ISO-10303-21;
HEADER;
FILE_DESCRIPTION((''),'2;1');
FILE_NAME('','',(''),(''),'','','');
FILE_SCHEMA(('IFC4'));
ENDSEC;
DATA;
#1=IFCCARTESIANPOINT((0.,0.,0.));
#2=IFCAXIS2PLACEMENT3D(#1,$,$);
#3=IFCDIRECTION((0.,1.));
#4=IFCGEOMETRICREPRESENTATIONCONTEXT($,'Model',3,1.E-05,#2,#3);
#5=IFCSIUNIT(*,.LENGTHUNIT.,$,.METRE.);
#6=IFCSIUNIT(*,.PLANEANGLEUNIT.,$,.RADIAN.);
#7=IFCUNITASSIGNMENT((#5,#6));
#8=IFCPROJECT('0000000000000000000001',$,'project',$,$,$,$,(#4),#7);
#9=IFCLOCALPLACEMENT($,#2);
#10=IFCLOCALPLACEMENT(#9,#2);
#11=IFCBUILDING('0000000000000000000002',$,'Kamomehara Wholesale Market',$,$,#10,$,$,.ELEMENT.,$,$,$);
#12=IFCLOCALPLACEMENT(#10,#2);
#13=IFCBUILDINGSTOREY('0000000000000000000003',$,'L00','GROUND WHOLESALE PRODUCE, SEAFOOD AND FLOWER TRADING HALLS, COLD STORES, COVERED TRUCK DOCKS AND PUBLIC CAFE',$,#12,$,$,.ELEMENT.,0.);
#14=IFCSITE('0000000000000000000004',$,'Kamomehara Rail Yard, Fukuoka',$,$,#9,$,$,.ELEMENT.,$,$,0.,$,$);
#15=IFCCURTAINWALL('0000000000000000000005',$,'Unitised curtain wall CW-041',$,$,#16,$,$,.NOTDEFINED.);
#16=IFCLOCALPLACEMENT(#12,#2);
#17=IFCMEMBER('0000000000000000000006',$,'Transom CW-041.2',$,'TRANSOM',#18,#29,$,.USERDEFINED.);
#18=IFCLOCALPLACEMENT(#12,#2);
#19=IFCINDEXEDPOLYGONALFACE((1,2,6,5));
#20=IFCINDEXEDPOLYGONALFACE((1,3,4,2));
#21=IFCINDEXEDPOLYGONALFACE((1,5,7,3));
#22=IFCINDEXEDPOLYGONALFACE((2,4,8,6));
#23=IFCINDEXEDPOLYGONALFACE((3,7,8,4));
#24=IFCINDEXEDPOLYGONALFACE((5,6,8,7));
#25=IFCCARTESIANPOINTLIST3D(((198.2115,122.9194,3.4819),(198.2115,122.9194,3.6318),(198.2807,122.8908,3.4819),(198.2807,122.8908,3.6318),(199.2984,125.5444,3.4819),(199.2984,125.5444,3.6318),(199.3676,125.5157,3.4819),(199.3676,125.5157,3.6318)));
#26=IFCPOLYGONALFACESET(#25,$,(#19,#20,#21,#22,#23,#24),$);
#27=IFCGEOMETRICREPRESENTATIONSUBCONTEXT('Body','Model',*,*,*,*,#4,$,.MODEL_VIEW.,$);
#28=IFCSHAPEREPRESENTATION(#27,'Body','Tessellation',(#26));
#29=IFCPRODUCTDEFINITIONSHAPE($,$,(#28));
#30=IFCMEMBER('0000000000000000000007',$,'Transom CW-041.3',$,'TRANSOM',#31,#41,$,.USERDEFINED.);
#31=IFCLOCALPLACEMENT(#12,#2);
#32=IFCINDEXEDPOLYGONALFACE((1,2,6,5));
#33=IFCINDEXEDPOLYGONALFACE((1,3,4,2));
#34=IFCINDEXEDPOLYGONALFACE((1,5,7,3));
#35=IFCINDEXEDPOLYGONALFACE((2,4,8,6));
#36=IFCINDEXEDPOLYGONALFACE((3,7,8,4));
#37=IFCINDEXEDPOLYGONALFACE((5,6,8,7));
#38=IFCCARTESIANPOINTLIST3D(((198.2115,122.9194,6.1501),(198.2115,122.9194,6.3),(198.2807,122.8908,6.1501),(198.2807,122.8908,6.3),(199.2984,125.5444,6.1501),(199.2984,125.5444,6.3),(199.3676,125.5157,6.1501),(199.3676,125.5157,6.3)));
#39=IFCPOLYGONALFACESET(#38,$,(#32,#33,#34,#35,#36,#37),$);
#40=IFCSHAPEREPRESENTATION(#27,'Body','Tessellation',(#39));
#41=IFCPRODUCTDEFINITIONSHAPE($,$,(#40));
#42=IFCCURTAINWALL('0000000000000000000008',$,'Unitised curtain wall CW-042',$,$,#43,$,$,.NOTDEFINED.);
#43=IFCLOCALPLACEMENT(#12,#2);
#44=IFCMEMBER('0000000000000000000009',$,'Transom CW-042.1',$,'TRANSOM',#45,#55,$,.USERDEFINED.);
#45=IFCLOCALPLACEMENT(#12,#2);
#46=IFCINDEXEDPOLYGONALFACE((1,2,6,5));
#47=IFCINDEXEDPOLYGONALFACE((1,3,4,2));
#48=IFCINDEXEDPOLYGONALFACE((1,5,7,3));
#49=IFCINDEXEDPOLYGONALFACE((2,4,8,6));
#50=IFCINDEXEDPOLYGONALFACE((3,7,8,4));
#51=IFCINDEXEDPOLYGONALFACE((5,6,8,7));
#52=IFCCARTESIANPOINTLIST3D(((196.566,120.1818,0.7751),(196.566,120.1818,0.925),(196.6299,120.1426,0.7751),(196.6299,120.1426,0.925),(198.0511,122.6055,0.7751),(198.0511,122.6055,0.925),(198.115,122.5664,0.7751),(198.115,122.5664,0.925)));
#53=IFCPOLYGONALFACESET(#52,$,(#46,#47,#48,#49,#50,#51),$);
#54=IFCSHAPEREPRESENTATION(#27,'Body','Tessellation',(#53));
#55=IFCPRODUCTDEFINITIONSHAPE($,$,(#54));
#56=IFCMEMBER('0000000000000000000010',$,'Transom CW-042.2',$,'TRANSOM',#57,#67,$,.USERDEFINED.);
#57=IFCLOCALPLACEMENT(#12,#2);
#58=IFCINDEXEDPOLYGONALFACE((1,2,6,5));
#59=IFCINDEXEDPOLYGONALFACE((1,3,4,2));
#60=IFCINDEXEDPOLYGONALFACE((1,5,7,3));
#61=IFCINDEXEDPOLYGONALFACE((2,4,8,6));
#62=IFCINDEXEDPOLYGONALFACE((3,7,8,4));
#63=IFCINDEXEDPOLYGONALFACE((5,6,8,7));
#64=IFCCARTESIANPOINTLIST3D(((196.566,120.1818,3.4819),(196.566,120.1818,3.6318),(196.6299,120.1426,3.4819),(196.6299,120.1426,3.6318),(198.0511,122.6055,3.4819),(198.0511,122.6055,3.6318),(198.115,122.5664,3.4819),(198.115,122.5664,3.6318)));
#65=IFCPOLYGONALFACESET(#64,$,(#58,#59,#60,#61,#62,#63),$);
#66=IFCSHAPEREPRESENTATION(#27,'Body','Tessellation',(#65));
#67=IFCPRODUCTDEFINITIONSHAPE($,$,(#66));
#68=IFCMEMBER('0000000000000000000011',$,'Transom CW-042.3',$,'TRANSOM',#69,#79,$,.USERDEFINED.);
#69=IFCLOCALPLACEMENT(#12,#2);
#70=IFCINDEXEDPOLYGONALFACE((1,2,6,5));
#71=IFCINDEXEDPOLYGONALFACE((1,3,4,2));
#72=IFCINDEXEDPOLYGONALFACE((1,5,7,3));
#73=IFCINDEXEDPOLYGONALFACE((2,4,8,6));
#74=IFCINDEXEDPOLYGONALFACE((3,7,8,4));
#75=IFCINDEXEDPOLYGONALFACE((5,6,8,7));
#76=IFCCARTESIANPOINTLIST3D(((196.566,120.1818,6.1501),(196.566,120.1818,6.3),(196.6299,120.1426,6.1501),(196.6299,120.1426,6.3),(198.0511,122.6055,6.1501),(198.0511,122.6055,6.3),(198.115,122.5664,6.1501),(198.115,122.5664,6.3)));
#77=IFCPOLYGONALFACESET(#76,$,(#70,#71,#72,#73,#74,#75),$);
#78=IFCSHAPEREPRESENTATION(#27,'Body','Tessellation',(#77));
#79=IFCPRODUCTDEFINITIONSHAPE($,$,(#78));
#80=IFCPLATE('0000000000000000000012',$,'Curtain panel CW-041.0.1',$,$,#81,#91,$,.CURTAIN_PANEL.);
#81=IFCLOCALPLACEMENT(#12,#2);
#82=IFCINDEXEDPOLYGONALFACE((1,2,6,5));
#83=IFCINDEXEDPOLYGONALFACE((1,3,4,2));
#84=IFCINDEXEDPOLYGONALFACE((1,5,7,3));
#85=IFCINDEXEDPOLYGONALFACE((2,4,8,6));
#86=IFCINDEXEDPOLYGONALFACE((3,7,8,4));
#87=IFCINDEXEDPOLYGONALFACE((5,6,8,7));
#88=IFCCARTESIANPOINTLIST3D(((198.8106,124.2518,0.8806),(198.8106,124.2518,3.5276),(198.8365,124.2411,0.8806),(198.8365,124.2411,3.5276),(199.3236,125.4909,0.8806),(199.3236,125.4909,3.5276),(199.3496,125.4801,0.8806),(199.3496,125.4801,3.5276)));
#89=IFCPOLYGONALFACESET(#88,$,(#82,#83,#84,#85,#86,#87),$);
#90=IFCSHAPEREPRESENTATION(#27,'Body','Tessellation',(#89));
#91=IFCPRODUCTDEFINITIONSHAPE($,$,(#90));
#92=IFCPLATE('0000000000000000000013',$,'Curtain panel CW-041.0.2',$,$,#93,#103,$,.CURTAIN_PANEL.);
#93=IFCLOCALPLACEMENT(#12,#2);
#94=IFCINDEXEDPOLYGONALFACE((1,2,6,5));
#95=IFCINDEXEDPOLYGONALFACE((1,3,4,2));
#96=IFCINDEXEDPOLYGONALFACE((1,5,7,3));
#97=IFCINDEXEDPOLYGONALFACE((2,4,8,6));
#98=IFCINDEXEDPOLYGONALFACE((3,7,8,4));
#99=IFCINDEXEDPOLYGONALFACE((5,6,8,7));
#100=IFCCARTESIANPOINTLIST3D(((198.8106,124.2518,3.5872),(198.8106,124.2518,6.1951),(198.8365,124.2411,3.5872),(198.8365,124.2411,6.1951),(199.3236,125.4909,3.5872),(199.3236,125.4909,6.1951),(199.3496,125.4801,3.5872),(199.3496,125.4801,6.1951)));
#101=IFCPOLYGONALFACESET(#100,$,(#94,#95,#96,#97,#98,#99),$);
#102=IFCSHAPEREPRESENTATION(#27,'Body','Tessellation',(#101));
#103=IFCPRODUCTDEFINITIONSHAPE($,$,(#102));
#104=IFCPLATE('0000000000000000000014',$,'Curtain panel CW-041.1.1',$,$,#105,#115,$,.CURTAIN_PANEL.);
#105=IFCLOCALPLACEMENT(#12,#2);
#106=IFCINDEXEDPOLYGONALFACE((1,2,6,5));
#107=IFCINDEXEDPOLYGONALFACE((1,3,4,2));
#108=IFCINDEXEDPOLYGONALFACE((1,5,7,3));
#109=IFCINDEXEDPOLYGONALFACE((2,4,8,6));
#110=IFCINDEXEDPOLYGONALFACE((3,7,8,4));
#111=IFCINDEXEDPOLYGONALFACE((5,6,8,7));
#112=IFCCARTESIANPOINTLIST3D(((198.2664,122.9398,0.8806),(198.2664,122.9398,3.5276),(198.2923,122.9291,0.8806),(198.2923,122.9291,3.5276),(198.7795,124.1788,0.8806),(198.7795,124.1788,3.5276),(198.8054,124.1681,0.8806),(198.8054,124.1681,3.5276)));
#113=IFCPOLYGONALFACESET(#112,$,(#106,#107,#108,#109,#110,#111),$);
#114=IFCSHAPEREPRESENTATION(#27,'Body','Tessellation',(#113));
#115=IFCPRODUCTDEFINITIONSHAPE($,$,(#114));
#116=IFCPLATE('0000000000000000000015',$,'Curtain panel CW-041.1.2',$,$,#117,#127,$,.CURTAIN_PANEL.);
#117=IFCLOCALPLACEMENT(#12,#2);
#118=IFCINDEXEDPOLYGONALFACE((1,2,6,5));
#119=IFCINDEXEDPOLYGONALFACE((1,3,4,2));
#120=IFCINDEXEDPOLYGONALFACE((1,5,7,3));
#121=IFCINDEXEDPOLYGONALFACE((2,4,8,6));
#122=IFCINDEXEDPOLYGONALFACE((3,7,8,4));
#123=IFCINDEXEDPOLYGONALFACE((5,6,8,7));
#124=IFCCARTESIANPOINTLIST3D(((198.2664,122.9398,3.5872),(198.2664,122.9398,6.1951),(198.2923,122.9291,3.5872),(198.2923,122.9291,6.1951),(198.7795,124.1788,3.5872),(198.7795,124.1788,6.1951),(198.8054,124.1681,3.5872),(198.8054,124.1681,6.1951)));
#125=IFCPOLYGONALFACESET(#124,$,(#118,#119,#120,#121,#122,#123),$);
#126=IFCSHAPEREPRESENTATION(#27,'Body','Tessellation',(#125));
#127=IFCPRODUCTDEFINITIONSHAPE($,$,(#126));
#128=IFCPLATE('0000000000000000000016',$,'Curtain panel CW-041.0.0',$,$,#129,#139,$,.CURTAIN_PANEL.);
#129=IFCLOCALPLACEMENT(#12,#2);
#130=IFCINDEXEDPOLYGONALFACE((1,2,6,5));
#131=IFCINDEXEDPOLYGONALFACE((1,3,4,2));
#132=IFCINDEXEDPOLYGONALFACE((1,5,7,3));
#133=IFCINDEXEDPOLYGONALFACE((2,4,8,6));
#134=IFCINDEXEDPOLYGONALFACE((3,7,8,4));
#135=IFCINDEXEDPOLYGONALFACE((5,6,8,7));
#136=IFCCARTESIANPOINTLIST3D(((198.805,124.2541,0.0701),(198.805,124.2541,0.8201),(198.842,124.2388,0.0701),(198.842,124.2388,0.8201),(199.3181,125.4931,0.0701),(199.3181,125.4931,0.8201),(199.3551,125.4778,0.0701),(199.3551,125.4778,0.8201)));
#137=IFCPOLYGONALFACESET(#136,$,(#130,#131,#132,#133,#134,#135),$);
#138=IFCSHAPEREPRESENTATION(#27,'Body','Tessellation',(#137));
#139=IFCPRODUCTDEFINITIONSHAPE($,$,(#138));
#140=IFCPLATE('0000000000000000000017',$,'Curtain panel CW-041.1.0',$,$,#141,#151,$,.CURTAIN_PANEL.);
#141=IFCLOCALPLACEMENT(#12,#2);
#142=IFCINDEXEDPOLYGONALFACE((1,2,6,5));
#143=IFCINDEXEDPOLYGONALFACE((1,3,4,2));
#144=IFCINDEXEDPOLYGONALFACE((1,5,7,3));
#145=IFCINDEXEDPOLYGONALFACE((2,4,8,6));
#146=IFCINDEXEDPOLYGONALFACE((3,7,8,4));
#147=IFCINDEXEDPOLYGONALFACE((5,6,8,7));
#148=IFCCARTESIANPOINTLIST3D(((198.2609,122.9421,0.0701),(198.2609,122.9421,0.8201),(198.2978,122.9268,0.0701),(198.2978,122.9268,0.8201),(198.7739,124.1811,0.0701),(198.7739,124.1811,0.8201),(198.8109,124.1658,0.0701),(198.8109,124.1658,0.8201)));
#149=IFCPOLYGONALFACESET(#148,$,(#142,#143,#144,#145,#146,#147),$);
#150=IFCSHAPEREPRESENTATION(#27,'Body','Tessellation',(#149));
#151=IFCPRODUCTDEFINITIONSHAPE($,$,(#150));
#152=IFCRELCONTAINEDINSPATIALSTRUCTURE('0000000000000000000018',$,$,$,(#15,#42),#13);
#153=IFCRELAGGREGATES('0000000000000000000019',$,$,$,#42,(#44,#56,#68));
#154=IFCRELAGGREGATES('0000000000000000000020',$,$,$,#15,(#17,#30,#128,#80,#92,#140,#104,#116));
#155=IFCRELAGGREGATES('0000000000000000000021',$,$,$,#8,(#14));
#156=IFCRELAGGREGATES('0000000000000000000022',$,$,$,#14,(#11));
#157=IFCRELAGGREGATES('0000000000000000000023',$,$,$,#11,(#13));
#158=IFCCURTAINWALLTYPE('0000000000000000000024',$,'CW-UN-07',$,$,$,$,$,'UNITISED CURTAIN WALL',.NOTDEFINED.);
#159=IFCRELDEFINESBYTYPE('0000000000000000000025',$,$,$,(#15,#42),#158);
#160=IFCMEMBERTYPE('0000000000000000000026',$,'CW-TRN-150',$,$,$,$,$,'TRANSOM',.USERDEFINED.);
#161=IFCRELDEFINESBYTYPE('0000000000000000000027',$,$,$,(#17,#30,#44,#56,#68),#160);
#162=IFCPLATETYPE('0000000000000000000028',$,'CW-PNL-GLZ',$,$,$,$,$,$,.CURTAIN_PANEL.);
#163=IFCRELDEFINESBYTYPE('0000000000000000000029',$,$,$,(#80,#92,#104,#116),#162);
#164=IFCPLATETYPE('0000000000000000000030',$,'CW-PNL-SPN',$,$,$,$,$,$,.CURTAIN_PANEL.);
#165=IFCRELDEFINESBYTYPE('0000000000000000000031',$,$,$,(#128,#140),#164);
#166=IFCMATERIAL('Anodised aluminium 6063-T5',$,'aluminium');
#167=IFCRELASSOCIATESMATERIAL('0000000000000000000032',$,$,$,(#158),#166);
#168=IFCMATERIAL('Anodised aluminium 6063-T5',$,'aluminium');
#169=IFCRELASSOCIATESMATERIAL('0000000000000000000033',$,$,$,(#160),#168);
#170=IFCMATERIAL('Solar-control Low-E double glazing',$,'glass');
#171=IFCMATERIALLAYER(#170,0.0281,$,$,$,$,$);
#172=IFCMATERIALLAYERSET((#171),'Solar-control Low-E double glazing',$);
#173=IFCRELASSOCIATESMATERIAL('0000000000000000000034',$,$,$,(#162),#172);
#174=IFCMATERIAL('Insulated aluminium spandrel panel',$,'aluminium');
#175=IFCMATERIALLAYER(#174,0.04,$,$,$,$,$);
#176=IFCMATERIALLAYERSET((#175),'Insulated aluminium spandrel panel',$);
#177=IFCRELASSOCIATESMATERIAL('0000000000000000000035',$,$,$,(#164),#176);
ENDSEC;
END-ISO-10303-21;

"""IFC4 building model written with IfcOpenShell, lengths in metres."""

from ifc_helpers import new_model, si_unit, direction, frame, origin, origin_2d, place, context, subcontext, project, spatial, rectangle, extrude, material, layer, layer_set, material_profile, profile_set, type_object, element, aggregate, save


model = new_model("IFC4")

# Units and contexts
model_context = context("Model", 3, precision=1e-05, world=origin(), true_north=direction((0.0, 1.0)))
body_context = subcontext(model_context, "Body", "Model", "MODEL_VIEW")
ifc_project = project(units=[si_unit("LENGTHUNIT", "METRE"), si_unit("PLANEANGLEUNIT", "RADIAN")], contexts=[model_context])

# Site, building, storey
site_placement = place(None, origin())
site = spatial("IfcSite", under=ifc_project, at=site_placement, Name="Kamomehara Rail Yard, Fukuoka", CompositionType="ELEMENT", RefElevation=0.0)
building_placement = place(site_placement, origin())
building = spatial("IfcBuilding", under=site, at=building_placement, Name="Kamomehara Wholesale Market", CompositionType="ELEMENT")
storey_placement = place(building_placement, origin())
storey = spatial("IfcBuildingStorey", under=building, at=storey_placement, Name="L00", Description="GROUND WHOLESALE PRODUCE, SEAFOOD AND FLOWER TRADING HALLS, COLD STORES, COVERED TRUCK DOCKS AND PUBLIC CAFE", CompositionType="ELEMENT", Elevation=0.0)

# Curtain walls, members
ifc_material_1 = material(Name="Anodised aluminium 6063-T5", Category="aluminium")
curtain_wall_type = type_object("IfcCurtainWallType", Name="CW-UN-07", ElementType="UNITISED CURTAIN WALL", PredefinedType="NOTDEFINED", material=ifc_material_1)
curtain_wall_1_placement = place(storey_placement, origin())
curtain_wall_1 = element("IfcCurtainWall", 1, at=curtain_wall_1_placement, inside=storey, type_object=curtain_wall_type, Name="Unitised curtain wall CW-041", PredefinedType="NOTDEFINED")
ifc_material_2 = material(Name="Anodised aluminium 6063-T5", Category="aluminium")
ifc_material_profile_1 = material_profile(ifc_material_2, rectangle(XDim=0.075, YDim=0.1499, at=origin_2d()), Name="ALU-TRN-75x150")
ifc_profile_set_1 = profile_set([ifc_material_profile_1], Name="Anodised aluminium 6063-T5")
member_type_1 = type_object("IfcMemberType", Name="CW-TRN-150", ElementType="TRANSOM", PredefinedType="USERDEFINED", material=ifc_profile_set_1)
member_1_placement = place(storey_placement, frame((199.333, 125.53, 3.5569), z_axis=(-0.382564, -0.923929, 0.0), x_axis=(0.923929, -0.382564, 0.0)))
member_1 = element("IfcMember", 2, at=member_1_placement, type_object=member_type_1, Name="Transom CW-041.2", ObjectType="TRANSOM", PredefinedType="USERDEFINED", context=body_context, shape_type="SweptSolid", body=[
    extrude(rectangle(XDim=0.075, YDim=0.1499, at=origin_2d()), origin(), (0.0, 0.0, 1.0), 2.8411),
])
member_2_placement = place(storey_placement, frame((199.333, 125.53, 6.2251), z_axis=(-0.382564, -0.923929, 0.0), x_axis=(0.923929, -0.382564, 0.0)))
member_2 = element("IfcMember", 3, at=member_2_placement, type_object=member_type_1, Name="Transom CW-041.3", ObjectType="TRANSOM", PredefinedType="USERDEFINED", context=body_context, shape_type="SweptSolid", body=[
    extrude(rectangle(XDim=0.075, YDim=0.1499, at=origin_2d()), origin(), (0.0, 0.0, 1.0), 2.8411),
])
curtain_wall_2_placement = place(storey_placement, origin())
curtain_wall_2 = element("IfcCurtainWall", 4, at=curtain_wall_2_placement, inside=storey, type_object=curtain_wall_type, Name="Unitised curtain wall CW-042", PredefinedType="NOTDEFINED")
member_3_placement = place(storey_placement, frame((198.083, 122.5859, 0.8501), z_axis=(-0.522443, -0.852674, 0.0), x_axis=(0.852674, -0.522443, 0.0)))
member_3 = element("IfcMember", 5, at=member_3_placement, type_object=member_type_1, Name="Transom CW-042.1", ObjectType="TRANSOM", PredefinedType="USERDEFINED", context=body_context, shape_type="SweptSolid", body=[
    extrude(rectangle(XDim=0.075, YDim=0.1499, at=origin_2d()), origin(), (0.0, 0.0, 1.0), 2.8425),
])
member_4_placement = place(storey_placement, frame((198.083, 122.5859, 3.5569), z_axis=(-0.522443, -0.852674, 0.0), x_axis=(0.852674, -0.522443, 0.0)))
member_4 = element("IfcMember", 6, at=member_4_placement, type_object=member_type_1, Name="Transom CW-042.2", ObjectType="TRANSOM", PredefinedType="USERDEFINED", context=body_context, shape_type="SweptSolid", body=[
    extrude(rectangle(XDim=0.075, YDim=0.1499, at=origin_2d()), origin(), (0.0, 0.0, 1.0), 2.8425),
])
member_5_placement = place(storey_placement, frame((198.083, 122.5859, 6.2251), z_axis=(-0.522443, -0.852674, 0.0), x_axis=(0.852674, -0.522443, 0.0)))
member_5 = element("IfcMember", 7, at=member_5_placement, type_object=member_type_1, Name="Transom CW-042.3", ObjectType="TRANSOM", PredefinedType="USERDEFINED", context=body_context, shape_type="SweptSolid", body=[
    extrude(rectangle(XDim=0.075, YDim=0.1499, at=origin_2d()), origin(), (0.0, 0.0, 1.0), 2.8425),
])
aggregate(curtain_wall_2, [member_3, member_4, member_5])

# Plates
ifc_material_3 = material(Name="Solar-control Low-E double glazing", Category="glass")
ifc_layer_1 = layer(ifc_material_3, 0.0281)
ifc_layer_set_1 = layer_set([ifc_layer_1], Name="Solar-control Low-E double glazing")
plate_type_1 = type_object("IfcPlateType", Name="CW-PNL-GLZ", PredefinedType="CURTAIN_PANEL", material=ifc_layer_set_1)
plate_1_placement = place(storey_placement, frame((199.0801, 124.866, 0.8806), z_axis=(0.0, 0.0, 1.0), x_axis=(-0.382587, -0.92392, 0.0)))
plate_1 = element("IfcPlate", 8, at=plate_1_placement, type_object=plate_type_1, Name="Curtain panel CW-041.0.1", PredefinedType="CURTAIN_PANEL", context=body_context, shape_type="SweptSolid", body=[
    extrude(rectangle(XDim=1.3411, YDim=0.0281, at=origin_2d()), origin(), (0.0, 0.0, 1.0), 2.647),
])
plate_2_placement = place(storey_placement, frame((199.0801, 124.866, 3.5872), z_axis=(0.0, 0.0, 1.0), x_axis=(-0.382587, -0.92392, 0.0)))
plate_2 = element("IfcPlate", 9, at=plate_2_placement, type_object=plate_type_1, Name="Curtain panel CW-041.0.2", PredefinedType="CURTAIN_PANEL", context=body_context, shape_type="SweptSolid", body=[
    extrude(rectangle(XDim=1.3411, YDim=0.0281, at=origin_2d()), origin(), (0.0, 0.0, 1.0), 2.6079),
])
plate_3_placement = place(storey_placement, frame((198.5359, 123.554, 0.8806), z_axis=(0.0, 0.0, 1.0), x_axis=(-0.382587, -0.92392, 0.0)))
plate_3 = element("IfcPlate", 10, at=plate_3_placement, type_object=plate_type_1, Name="Curtain panel CW-041.1.1", PredefinedType="CURTAIN_PANEL", context=body_context, shape_type="SweptSolid", body=[
    extrude(rectangle(XDim=1.3411, YDim=0.0281, at=origin_2d()), origin(), (0.0, 0.0, 1.0), 2.647),
])
plate_4_placement = place(storey_placement, frame((198.5359, 123.554, 3.5872), z_axis=(0.0, 0.0, 1.0), x_axis=(-0.382587, -0.92392, 0.0)))
plate_4 = element("IfcPlate", 11, at=plate_4_placement, type_object=plate_type_1, Name="Curtain panel CW-041.1.2", PredefinedType="CURTAIN_PANEL", context=body_context, shape_type="SweptSolid", body=[
    extrude(rectangle(XDim=1.3411, YDim=0.0281, at=origin_2d()), origin(), (0.0, 0.0, 1.0), 2.6079),
])
ifc_material_4 = material(Name="Insulated aluminium spandrel panel", Category="aluminium")
ifc_layer_2 = layer(ifc_material_4, 0.04)
ifc_layer_set_2 = layer_set([ifc_layer_2], Name="Insulated aluminium spandrel panel")
plate_type_2 = type_object("IfcPlateType", Name="CW-PNL-SPN", PredefinedType="CURTAIN_PANEL", material=ifc_layer_set_2)
plate_5_placement = place(storey_placement, frame((199.0801, 124.866, 0.0701), z_axis=(0.0, 0.0, 1.0), x_axis=(-0.382587, -0.92392, 0.0)))
plate_5 = element("IfcPlate", 12, at=plate_5_placement, type_object=plate_type_2, Name="Curtain panel CW-041.0.0", PredefinedType="CURTAIN_PANEL", context=body_context, shape_type="SweptSolid", body=[
    extrude(rectangle(XDim=1.3411, YDim=0.04, at=origin_2d()), origin(), (0.0, 0.0, 1.0), 0.75),
])
plate_6_placement = place(storey_placement, frame((198.5359, 123.554, 0.0701), z_axis=(0.0, 0.0, 1.0), x_axis=(-0.382587, -0.92392, 0.0)))
plate_6 = element("IfcPlate", 13, at=plate_6_placement, type_object=plate_type_2, Name="Curtain panel CW-041.1.0", PredefinedType="CURTAIN_PANEL", context=body_context, shape_type="SweptSolid", body=[
    extrude(rectangle(XDim=1.3411, YDim=0.04, at=origin_2d()), origin(), (0.0, 0.0, 1.0), 0.75),
])
aggregate(curtain_wall_1, [member_1, member_2, plate_5, plate_1, plate_2, plate_6, plate_3, plate_4])

save(model, "model.ifc")
